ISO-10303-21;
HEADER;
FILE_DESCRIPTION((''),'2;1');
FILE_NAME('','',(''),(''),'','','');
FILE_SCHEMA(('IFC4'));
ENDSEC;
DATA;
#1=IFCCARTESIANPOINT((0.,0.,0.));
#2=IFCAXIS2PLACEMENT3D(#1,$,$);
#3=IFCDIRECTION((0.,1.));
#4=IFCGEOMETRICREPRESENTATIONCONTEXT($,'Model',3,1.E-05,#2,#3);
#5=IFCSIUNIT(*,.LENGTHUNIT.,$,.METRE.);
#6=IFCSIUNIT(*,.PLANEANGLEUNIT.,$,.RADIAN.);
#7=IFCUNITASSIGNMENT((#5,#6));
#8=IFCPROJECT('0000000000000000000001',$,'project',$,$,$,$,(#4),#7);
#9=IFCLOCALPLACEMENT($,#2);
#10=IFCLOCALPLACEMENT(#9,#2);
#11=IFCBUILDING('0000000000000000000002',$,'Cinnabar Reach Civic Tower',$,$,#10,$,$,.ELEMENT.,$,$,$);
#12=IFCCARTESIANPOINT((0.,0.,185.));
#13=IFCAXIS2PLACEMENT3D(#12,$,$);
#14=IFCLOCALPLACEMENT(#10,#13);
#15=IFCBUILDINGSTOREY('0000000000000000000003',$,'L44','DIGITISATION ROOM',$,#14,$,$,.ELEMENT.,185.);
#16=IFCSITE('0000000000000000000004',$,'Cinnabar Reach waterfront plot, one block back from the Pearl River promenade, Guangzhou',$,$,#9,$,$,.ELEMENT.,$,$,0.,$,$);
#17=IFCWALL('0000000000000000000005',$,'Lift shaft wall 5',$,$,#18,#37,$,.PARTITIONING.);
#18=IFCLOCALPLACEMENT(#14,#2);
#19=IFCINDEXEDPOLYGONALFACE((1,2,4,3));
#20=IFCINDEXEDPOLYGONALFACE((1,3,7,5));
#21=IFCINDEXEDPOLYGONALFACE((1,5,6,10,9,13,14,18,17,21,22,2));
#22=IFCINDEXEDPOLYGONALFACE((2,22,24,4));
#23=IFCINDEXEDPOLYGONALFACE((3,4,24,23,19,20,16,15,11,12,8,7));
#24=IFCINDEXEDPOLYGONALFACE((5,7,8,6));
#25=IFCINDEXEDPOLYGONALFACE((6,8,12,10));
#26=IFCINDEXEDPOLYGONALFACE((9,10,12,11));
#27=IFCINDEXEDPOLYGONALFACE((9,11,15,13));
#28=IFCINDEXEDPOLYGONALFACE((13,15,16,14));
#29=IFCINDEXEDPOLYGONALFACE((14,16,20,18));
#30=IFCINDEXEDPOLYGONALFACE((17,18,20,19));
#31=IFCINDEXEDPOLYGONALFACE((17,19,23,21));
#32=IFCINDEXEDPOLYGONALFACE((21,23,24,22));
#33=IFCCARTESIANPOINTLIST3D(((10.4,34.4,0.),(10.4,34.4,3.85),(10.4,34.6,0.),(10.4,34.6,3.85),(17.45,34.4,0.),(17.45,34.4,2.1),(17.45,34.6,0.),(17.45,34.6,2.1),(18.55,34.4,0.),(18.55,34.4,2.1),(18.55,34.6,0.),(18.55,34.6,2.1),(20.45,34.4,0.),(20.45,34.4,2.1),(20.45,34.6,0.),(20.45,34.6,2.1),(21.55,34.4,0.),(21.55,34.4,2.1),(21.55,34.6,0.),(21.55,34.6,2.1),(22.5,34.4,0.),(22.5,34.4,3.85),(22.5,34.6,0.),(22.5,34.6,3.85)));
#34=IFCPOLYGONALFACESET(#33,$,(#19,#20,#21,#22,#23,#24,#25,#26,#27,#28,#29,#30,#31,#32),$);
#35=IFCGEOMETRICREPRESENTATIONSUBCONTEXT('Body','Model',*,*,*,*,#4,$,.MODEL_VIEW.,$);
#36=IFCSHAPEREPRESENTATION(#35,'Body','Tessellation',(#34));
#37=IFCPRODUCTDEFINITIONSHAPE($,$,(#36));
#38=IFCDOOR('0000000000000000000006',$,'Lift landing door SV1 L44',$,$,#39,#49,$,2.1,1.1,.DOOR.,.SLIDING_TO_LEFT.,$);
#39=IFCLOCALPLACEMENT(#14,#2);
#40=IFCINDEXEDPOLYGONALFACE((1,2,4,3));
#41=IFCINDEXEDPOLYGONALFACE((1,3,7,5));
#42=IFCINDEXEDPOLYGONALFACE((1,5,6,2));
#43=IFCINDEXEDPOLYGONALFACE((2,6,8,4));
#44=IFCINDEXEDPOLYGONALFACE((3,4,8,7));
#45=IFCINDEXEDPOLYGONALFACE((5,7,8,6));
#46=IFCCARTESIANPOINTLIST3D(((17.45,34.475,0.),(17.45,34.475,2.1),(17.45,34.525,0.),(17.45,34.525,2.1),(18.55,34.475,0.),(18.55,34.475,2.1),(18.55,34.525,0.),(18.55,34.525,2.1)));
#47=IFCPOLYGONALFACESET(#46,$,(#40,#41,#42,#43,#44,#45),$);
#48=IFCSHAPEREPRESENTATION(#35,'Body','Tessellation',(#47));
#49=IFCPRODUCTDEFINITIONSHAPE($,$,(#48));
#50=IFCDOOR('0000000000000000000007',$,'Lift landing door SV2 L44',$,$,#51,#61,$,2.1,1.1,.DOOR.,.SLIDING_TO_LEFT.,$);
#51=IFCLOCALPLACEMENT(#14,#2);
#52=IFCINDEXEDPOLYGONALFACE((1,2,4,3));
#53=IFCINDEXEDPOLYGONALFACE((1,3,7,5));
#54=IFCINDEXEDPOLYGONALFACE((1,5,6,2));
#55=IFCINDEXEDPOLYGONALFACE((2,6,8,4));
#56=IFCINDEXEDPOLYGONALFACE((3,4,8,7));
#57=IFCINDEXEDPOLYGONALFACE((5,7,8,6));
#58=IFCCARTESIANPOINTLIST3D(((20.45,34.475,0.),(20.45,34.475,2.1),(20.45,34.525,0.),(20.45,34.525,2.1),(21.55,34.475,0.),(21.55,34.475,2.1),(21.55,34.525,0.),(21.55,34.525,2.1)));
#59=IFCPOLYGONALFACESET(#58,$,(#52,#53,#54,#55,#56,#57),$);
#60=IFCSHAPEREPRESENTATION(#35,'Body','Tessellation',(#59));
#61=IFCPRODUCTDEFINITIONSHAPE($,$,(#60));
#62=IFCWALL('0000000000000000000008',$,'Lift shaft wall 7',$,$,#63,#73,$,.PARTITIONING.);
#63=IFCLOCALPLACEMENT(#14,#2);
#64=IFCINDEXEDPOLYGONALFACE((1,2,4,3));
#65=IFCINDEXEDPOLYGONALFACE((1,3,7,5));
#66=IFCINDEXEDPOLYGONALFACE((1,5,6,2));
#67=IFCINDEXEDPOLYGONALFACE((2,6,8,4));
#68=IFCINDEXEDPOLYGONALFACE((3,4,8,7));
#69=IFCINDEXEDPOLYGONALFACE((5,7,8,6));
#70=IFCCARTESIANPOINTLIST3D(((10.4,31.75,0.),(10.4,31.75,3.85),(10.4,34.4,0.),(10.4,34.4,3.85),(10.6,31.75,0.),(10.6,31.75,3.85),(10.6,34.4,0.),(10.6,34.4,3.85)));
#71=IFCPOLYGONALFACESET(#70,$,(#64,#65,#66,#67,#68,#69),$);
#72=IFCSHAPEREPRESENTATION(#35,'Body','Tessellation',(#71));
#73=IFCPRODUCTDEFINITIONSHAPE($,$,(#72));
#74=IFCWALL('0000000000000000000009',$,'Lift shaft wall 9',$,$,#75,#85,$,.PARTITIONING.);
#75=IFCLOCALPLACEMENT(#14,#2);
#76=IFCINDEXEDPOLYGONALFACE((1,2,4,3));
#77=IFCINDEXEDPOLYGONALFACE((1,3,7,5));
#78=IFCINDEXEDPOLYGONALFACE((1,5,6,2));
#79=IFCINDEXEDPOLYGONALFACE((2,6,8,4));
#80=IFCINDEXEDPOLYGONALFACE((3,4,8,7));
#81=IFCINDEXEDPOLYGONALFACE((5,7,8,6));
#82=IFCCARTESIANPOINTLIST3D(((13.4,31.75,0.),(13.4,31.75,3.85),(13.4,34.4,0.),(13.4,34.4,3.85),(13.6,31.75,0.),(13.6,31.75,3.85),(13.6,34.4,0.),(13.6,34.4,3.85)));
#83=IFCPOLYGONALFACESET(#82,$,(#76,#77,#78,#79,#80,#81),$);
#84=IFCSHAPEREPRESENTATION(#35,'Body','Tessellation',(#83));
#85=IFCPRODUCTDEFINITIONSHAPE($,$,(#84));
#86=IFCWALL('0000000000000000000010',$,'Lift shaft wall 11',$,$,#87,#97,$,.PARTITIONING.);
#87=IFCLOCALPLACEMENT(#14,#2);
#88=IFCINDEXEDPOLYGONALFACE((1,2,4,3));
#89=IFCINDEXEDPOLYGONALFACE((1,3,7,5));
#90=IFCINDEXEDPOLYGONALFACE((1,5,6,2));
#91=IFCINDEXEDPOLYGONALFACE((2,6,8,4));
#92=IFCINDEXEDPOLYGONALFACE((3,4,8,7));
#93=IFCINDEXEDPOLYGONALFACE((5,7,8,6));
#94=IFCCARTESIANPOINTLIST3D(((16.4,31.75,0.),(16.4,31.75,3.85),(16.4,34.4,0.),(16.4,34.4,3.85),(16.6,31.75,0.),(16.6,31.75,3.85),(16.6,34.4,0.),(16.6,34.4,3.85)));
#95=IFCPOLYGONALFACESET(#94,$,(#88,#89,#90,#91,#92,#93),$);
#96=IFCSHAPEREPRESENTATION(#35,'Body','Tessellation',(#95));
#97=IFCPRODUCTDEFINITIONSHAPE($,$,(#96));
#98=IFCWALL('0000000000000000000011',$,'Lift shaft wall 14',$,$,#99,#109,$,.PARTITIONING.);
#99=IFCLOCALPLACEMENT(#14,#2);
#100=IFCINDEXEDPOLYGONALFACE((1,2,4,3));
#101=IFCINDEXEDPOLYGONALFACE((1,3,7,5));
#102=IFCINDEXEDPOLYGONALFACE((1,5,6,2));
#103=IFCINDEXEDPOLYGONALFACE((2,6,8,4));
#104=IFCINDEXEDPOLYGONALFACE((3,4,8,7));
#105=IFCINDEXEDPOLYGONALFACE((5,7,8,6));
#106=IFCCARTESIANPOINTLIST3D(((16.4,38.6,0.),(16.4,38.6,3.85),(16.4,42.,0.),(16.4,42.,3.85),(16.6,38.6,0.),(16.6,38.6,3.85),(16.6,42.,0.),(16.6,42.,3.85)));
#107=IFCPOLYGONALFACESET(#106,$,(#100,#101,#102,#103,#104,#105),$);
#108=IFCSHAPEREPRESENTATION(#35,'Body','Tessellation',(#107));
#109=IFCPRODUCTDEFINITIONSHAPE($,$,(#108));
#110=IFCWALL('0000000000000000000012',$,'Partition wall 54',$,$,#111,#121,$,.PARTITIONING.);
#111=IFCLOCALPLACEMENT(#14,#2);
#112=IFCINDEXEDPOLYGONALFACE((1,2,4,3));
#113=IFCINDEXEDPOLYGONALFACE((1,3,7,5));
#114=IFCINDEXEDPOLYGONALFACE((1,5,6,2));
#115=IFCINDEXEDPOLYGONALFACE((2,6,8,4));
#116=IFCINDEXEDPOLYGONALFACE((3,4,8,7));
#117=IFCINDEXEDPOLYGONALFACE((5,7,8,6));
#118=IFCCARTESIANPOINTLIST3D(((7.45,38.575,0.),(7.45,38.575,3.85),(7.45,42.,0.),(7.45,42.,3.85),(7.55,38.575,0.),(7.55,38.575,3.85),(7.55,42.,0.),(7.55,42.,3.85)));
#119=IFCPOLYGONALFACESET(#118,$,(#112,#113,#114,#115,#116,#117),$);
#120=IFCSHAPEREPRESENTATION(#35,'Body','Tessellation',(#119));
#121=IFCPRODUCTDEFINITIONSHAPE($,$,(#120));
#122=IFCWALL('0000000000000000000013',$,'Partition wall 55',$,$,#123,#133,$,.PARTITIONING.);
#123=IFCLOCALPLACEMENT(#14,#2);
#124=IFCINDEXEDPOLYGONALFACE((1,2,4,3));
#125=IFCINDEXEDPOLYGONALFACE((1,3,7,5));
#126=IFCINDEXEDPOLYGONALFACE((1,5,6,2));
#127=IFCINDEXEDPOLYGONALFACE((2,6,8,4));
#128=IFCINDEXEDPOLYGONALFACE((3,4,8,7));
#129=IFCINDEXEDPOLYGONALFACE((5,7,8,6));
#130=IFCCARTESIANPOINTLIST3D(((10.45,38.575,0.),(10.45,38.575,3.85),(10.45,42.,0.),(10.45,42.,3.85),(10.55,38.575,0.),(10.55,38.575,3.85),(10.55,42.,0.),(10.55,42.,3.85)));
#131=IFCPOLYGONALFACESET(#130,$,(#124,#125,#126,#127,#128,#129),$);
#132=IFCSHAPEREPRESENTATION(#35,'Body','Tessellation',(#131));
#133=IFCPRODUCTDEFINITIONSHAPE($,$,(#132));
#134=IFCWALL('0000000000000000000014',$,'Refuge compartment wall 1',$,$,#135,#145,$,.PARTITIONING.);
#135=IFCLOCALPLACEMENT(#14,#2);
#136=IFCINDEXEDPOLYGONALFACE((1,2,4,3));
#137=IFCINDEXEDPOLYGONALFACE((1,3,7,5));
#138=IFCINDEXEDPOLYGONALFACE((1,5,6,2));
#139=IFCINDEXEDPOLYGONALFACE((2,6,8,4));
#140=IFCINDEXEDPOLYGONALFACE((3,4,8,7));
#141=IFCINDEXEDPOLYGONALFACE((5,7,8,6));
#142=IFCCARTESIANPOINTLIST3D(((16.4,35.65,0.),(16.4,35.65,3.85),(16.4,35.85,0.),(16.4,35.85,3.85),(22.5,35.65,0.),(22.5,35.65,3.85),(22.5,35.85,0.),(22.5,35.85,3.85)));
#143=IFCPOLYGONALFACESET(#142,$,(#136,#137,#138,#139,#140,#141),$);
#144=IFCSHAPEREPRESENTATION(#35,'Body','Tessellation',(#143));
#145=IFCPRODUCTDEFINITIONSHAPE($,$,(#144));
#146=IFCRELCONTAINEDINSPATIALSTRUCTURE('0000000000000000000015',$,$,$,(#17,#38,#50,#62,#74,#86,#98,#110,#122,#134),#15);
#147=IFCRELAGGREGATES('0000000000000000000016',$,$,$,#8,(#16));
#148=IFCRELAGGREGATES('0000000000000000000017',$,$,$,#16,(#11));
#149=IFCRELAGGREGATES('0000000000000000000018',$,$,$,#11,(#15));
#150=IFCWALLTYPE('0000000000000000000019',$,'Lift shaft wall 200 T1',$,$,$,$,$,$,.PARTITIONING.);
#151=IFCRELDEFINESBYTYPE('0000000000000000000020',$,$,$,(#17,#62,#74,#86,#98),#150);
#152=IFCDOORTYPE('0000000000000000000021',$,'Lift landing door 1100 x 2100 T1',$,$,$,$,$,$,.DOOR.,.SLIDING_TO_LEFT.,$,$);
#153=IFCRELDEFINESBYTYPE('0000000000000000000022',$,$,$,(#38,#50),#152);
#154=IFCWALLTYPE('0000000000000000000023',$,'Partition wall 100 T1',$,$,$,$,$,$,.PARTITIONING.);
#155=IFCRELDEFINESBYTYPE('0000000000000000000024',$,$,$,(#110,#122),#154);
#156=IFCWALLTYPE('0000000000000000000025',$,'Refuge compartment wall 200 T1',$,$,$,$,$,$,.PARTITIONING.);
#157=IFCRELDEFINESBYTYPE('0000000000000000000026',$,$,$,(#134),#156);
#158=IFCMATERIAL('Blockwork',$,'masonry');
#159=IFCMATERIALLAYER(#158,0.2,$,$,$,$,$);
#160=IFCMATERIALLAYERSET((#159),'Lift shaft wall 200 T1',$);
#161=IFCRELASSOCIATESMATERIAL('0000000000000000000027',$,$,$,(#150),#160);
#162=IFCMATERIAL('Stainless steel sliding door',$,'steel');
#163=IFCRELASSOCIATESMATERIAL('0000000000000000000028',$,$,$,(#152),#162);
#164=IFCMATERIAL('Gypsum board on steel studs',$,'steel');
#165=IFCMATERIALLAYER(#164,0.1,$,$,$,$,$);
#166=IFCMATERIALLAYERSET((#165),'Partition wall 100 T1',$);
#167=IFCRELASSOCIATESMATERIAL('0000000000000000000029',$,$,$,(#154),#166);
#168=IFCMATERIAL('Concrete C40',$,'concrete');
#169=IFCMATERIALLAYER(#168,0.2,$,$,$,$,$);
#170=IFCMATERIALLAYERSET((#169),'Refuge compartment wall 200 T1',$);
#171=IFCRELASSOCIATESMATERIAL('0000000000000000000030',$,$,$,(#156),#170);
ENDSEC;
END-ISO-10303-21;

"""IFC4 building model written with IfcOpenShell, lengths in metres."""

from ifc_helpers import new_model, si_unit, direction, frame, frame_2d, origin, place, context, subcontext, project, spatial, rectangle, extrude, material, layer, layer_set, type_object, element, fill, save


model = new_model("IFC4")

# Units and contexts
model_context = context("Model", 3, precision=1e-05, world=origin(), true_north=direction((0.0, 1.0)))
body_context = subcontext(model_context, "Body", "Model", "MODEL_VIEW")
ifc_project = project(units=[si_unit("LENGTHUNIT", "METRE"), si_unit("PLANEANGLEUNIT", "RADIAN")], contexts=[model_context])

# Site, building, storey
site_placement = place(None, origin())
site = spatial("IfcSite", under=ifc_project, at=site_placement, Name="Cinnabar Reach waterfront plot, one block back from the Pearl River promenade, Guangzhou", CompositionType="ELEMENT", RefElevation=0.0)
building_placement = place(site_placement, origin())
building = spatial("IfcBuilding", under=site, at=building_placement, Name="Cinnabar Reach Civic Tower", CompositionType="ELEMENT")
storey_placement = place(building_placement, frame((0.0, 0.0, 185.0)))
storey = spatial("IfcBuildingStorey", under=building, at=storey_placement, Name="L44", Description="DIGITISATION ROOM", CompositionType="ELEMENT", Elevation=185.0)

# Wall, openings, doors
ifc_material_1 = material(Name="Blockwork", Category="masonry")
ifc_layer_1 = layer(ifc_material_1, 0.2)
ifc_layer_set_1 = layer_set([ifc_layer_1], Name="Lift shaft wall 200 T1")
wall_type_1 = type_object("IfcWallType", Name="Lift shaft wall 200 T1", PredefinedType="PARTITIONING", material=ifc_layer_set_1)
wall_1_placement = place(storey_placement, frame((10.4, 34.5, 0.0), z_axis=(0.0, 0.0, 1.0), x_axis=(1.0, 0.0, 0.0)))
wall_1 = element("IfcWall", 1, at=wall_1_placement, inside=storey, type_object=wall_type_1, Name="Lift shaft wall 5", PredefinedType="PARTITIONING", context=body_context, shape_type="SweptSolid", body=[
    extrude(rectangle(XDim=12.1, YDim=0.2, at=frame_2d((6.05, 0.0))), origin(), (0.0, 0.0, 1.0), 3.85),
])
opening_1_placement = place(wall_1_placement, frame((7.05, 0.0, 0.0)))
opening_1 = element("IfcOpeningElement", 2, at=opening_1_placement, cuts=wall_1, PredefinedType="OPENING", context=body_context, shape_type="SweptSolid", body=[
    extrude(rectangle(XDim=1.1, YDim=2.1, at=frame_2d((0.55, 1.05))), frame((0.0, 0.11, 0.0), z_axis=(0.0, -1.0, 0.0), x_axis=(1.0, 0.0, 0.0)), (0.0, 0.0, 1.0), 0.22),
])
opening_2_placement = place(wall_1_placement, frame((10.05, 0.0, 0.0)))
opening_2 = element("IfcOpeningElement", 3, at=opening_2_placement, cuts=wall_1, PredefinedType="OPENING", context=body_context, shape_type="SweptSolid", body=[
    extrude(rectangle(XDim=1.1, YDim=2.1, at=frame_2d((0.55, 1.05))), frame((0.0, 0.11, 0.0), z_axis=(0.0, -1.0, 0.0), x_axis=(1.0, 0.0, 0.0)), (0.0, 0.0, 1.0), 0.22),
])
ifc_material_2 = material(Name="Stainless steel sliding door", Category="steel")
door_type_1 = type_object("IfcDoorType", Name="Lift landing door 1100 x 2100 T1", OperationType="SLIDING_TO_LEFT", PredefinedType="DOOR", material=ifc_material_2)
door_1_placement = place(opening_1_placement, origin())
door_1 = element("IfcDoor", 4, at=door_1_placement, inside=storey, type_object=door_type_1, Name="Lift landing door SV1 L44", OperationType="SLIDING_TO_LEFT", OverallHeight=2.1, OverallWidth=1.1, PredefinedType="DOOR", context=body_context, shape_type="SweptSolid", body=[
    extrude(rectangle(XDim=1.1, YDim=2.1, at=frame_2d((0.55, 1.05))), frame((0.0, 0.025, 0.0), z_axis=(0.0, -1.0, 0.0), x_axis=(1.0, 0.0, 0.0)), (0.0, 0.0, 1.0), 0.05),
])
fill(opening_1, door_1)
door_2_placement = place(opening_2_placement, origin())
door_2 = element("IfcDoor", 5, at=door_2_placement, inside=storey, type_object=door_type_1, Name="Lift landing door SV2 L44", OperationType="SLIDING_TO_LEFT", OverallHeight=2.1, OverallWidth=1.1, PredefinedType="DOOR", context=body_context, shape_type="SweptSolid", body=[
    extrude(rectangle(XDim=1.1, YDim=2.1, at=frame_2d((0.55, 1.05))), frame((0.0, 0.025, 0.0), z_axis=(0.0, -1.0, 0.0), x_axis=(1.0, 0.0, 0.0)), (0.0, 0.0, 1.0), 0.05),
])
fill(opening_2, door_2)

# Walls
for number, where, z_axis, x_axis, name in (
    (6, (10.5, 31.75, 0.0), (0.0, 0.0, 1.0), (0.0, 1.0, 0.0), "Lift shaft wall 7"),
    (7, (13.5, 31.75, 0.0), (0.0, 0.0, 1.0), (0.0, 1.0, 0.0), "Lift shaft wall 9"),
    (8, (16.5, 31.75, 0.0), (0.0, 0.0, 1.0), (0.0, 1.0, 0.0), "Lift shaft wall 11"),
):
    element("IfcWall", number, at=place(storey_placement, frame(where, z_axis=z_axis, x_axis=x_axis)), inside=storey, type_object=wall_type_1, Name=name, PredefinedType="PARTITIONING", context=body_context, shape_type="SweptSolid", body=[
        extrude(rectangle(XDim=2.65, YDim=0.2, at=frame_2d((1.325, 0.0))), origin(), (0.0, 0.0, 1.0), 3.85),
    ])
wall_2_placement = place(storey_placement, frame((16.5, 38.6, 0.0), z_axis=(0.0, 0.0, 1.0), x_axis=(0.0, 1.0, 0.0)))
element("IfcWall", 9, at=wall_2_placement, inside=storey, type_object=wall_type_1, Name="Lift shaft wall 14", PredefinedType="PARTITIONING", context=body_context, shape_type="SweptSolid", body=[
    extrude(rectangle(XDim=3.4, YDim=0.2, at=frame_2d((1.7, 0.0))), origin(), (0.0, 0.0, 1.0), 3.85),
])
ifc_material_3 = material(Name="Gypsum board on steel studs", Category="steel")
ifc_layer_2 = layer(ifc_material_3, 0.1)
ifc_layer_set_2 = layer_set([ifc_layer_2], Name="Partition wall 100 T1")
wall_type_2 = type_object("IfcWallType", Name="Partition wall 100 T1", PredefinedType="PARTITIONING", material=ifc_layer_set_2)
for number, where, z_axis, x_axis, name in (
    (10, (7.5, 38.575, 0.0), (0.0, 0.0, 1.0), (0.0, 1.0, 0.0), "Partition wall 54"),
    (11, (10.5, 38.575, 0.0), (0.0, 0.0, 1.0), (0.0, 1.0, 0.0), "Partition wall 55"),
):
    element("IfcWall", number, at=place(storey_placement, frame(where, z_axis=z_axis, x_axis=x_axis)), inside=storey, type_object=wall_type_2, Name=name, PredefinedType="PARTITIONING", context=body_context, shape_type="SweptSolid", body=[
        extrude(rectangle(XDim=3.425, YDim=0.1, at=frame_2d((1.7125, 0.0))), origin(), (0.0, 0.0, 1.0), 3.85),
    ])
ifc_material_4 = material(Name="Concrete C40", Category="concrete")
ifc_layer_3 = layer(ifc_material_4, 0.2)
ifc_layer_set_3 = layer_set([ifc_layer_3], Name="Refuge compartment wall 200 T1")
wall_type_3 = type_object("IfcWallType", Name="Refuge compartment wall 200 T1", PredefinedType="PARTITIONING", material=ifc_layer_set_3)
wall_3_placement = place(storey_placement, frame((16.4, 35.75, 0.0), z_axis=(0.0, 0.0, 1.0), x_axis=(1.0, 0.0, 0.0)))
element("IfcWall", 12, at=wall_3_placement, inside=storey, type_object=wall_type_3, Name="Refuge compartment wall 1", PredefinedType="PARTITIONING", context=body_context, shape_type="SweptSolid", body=[
    extrude(rectangle(XDim=6.1, YDim=0.2, at=frame_2d((3.05, 0.0))), origin(), (0.0, 0.0, 1.0), 3.85),
])

save(model, "model.ifc")
